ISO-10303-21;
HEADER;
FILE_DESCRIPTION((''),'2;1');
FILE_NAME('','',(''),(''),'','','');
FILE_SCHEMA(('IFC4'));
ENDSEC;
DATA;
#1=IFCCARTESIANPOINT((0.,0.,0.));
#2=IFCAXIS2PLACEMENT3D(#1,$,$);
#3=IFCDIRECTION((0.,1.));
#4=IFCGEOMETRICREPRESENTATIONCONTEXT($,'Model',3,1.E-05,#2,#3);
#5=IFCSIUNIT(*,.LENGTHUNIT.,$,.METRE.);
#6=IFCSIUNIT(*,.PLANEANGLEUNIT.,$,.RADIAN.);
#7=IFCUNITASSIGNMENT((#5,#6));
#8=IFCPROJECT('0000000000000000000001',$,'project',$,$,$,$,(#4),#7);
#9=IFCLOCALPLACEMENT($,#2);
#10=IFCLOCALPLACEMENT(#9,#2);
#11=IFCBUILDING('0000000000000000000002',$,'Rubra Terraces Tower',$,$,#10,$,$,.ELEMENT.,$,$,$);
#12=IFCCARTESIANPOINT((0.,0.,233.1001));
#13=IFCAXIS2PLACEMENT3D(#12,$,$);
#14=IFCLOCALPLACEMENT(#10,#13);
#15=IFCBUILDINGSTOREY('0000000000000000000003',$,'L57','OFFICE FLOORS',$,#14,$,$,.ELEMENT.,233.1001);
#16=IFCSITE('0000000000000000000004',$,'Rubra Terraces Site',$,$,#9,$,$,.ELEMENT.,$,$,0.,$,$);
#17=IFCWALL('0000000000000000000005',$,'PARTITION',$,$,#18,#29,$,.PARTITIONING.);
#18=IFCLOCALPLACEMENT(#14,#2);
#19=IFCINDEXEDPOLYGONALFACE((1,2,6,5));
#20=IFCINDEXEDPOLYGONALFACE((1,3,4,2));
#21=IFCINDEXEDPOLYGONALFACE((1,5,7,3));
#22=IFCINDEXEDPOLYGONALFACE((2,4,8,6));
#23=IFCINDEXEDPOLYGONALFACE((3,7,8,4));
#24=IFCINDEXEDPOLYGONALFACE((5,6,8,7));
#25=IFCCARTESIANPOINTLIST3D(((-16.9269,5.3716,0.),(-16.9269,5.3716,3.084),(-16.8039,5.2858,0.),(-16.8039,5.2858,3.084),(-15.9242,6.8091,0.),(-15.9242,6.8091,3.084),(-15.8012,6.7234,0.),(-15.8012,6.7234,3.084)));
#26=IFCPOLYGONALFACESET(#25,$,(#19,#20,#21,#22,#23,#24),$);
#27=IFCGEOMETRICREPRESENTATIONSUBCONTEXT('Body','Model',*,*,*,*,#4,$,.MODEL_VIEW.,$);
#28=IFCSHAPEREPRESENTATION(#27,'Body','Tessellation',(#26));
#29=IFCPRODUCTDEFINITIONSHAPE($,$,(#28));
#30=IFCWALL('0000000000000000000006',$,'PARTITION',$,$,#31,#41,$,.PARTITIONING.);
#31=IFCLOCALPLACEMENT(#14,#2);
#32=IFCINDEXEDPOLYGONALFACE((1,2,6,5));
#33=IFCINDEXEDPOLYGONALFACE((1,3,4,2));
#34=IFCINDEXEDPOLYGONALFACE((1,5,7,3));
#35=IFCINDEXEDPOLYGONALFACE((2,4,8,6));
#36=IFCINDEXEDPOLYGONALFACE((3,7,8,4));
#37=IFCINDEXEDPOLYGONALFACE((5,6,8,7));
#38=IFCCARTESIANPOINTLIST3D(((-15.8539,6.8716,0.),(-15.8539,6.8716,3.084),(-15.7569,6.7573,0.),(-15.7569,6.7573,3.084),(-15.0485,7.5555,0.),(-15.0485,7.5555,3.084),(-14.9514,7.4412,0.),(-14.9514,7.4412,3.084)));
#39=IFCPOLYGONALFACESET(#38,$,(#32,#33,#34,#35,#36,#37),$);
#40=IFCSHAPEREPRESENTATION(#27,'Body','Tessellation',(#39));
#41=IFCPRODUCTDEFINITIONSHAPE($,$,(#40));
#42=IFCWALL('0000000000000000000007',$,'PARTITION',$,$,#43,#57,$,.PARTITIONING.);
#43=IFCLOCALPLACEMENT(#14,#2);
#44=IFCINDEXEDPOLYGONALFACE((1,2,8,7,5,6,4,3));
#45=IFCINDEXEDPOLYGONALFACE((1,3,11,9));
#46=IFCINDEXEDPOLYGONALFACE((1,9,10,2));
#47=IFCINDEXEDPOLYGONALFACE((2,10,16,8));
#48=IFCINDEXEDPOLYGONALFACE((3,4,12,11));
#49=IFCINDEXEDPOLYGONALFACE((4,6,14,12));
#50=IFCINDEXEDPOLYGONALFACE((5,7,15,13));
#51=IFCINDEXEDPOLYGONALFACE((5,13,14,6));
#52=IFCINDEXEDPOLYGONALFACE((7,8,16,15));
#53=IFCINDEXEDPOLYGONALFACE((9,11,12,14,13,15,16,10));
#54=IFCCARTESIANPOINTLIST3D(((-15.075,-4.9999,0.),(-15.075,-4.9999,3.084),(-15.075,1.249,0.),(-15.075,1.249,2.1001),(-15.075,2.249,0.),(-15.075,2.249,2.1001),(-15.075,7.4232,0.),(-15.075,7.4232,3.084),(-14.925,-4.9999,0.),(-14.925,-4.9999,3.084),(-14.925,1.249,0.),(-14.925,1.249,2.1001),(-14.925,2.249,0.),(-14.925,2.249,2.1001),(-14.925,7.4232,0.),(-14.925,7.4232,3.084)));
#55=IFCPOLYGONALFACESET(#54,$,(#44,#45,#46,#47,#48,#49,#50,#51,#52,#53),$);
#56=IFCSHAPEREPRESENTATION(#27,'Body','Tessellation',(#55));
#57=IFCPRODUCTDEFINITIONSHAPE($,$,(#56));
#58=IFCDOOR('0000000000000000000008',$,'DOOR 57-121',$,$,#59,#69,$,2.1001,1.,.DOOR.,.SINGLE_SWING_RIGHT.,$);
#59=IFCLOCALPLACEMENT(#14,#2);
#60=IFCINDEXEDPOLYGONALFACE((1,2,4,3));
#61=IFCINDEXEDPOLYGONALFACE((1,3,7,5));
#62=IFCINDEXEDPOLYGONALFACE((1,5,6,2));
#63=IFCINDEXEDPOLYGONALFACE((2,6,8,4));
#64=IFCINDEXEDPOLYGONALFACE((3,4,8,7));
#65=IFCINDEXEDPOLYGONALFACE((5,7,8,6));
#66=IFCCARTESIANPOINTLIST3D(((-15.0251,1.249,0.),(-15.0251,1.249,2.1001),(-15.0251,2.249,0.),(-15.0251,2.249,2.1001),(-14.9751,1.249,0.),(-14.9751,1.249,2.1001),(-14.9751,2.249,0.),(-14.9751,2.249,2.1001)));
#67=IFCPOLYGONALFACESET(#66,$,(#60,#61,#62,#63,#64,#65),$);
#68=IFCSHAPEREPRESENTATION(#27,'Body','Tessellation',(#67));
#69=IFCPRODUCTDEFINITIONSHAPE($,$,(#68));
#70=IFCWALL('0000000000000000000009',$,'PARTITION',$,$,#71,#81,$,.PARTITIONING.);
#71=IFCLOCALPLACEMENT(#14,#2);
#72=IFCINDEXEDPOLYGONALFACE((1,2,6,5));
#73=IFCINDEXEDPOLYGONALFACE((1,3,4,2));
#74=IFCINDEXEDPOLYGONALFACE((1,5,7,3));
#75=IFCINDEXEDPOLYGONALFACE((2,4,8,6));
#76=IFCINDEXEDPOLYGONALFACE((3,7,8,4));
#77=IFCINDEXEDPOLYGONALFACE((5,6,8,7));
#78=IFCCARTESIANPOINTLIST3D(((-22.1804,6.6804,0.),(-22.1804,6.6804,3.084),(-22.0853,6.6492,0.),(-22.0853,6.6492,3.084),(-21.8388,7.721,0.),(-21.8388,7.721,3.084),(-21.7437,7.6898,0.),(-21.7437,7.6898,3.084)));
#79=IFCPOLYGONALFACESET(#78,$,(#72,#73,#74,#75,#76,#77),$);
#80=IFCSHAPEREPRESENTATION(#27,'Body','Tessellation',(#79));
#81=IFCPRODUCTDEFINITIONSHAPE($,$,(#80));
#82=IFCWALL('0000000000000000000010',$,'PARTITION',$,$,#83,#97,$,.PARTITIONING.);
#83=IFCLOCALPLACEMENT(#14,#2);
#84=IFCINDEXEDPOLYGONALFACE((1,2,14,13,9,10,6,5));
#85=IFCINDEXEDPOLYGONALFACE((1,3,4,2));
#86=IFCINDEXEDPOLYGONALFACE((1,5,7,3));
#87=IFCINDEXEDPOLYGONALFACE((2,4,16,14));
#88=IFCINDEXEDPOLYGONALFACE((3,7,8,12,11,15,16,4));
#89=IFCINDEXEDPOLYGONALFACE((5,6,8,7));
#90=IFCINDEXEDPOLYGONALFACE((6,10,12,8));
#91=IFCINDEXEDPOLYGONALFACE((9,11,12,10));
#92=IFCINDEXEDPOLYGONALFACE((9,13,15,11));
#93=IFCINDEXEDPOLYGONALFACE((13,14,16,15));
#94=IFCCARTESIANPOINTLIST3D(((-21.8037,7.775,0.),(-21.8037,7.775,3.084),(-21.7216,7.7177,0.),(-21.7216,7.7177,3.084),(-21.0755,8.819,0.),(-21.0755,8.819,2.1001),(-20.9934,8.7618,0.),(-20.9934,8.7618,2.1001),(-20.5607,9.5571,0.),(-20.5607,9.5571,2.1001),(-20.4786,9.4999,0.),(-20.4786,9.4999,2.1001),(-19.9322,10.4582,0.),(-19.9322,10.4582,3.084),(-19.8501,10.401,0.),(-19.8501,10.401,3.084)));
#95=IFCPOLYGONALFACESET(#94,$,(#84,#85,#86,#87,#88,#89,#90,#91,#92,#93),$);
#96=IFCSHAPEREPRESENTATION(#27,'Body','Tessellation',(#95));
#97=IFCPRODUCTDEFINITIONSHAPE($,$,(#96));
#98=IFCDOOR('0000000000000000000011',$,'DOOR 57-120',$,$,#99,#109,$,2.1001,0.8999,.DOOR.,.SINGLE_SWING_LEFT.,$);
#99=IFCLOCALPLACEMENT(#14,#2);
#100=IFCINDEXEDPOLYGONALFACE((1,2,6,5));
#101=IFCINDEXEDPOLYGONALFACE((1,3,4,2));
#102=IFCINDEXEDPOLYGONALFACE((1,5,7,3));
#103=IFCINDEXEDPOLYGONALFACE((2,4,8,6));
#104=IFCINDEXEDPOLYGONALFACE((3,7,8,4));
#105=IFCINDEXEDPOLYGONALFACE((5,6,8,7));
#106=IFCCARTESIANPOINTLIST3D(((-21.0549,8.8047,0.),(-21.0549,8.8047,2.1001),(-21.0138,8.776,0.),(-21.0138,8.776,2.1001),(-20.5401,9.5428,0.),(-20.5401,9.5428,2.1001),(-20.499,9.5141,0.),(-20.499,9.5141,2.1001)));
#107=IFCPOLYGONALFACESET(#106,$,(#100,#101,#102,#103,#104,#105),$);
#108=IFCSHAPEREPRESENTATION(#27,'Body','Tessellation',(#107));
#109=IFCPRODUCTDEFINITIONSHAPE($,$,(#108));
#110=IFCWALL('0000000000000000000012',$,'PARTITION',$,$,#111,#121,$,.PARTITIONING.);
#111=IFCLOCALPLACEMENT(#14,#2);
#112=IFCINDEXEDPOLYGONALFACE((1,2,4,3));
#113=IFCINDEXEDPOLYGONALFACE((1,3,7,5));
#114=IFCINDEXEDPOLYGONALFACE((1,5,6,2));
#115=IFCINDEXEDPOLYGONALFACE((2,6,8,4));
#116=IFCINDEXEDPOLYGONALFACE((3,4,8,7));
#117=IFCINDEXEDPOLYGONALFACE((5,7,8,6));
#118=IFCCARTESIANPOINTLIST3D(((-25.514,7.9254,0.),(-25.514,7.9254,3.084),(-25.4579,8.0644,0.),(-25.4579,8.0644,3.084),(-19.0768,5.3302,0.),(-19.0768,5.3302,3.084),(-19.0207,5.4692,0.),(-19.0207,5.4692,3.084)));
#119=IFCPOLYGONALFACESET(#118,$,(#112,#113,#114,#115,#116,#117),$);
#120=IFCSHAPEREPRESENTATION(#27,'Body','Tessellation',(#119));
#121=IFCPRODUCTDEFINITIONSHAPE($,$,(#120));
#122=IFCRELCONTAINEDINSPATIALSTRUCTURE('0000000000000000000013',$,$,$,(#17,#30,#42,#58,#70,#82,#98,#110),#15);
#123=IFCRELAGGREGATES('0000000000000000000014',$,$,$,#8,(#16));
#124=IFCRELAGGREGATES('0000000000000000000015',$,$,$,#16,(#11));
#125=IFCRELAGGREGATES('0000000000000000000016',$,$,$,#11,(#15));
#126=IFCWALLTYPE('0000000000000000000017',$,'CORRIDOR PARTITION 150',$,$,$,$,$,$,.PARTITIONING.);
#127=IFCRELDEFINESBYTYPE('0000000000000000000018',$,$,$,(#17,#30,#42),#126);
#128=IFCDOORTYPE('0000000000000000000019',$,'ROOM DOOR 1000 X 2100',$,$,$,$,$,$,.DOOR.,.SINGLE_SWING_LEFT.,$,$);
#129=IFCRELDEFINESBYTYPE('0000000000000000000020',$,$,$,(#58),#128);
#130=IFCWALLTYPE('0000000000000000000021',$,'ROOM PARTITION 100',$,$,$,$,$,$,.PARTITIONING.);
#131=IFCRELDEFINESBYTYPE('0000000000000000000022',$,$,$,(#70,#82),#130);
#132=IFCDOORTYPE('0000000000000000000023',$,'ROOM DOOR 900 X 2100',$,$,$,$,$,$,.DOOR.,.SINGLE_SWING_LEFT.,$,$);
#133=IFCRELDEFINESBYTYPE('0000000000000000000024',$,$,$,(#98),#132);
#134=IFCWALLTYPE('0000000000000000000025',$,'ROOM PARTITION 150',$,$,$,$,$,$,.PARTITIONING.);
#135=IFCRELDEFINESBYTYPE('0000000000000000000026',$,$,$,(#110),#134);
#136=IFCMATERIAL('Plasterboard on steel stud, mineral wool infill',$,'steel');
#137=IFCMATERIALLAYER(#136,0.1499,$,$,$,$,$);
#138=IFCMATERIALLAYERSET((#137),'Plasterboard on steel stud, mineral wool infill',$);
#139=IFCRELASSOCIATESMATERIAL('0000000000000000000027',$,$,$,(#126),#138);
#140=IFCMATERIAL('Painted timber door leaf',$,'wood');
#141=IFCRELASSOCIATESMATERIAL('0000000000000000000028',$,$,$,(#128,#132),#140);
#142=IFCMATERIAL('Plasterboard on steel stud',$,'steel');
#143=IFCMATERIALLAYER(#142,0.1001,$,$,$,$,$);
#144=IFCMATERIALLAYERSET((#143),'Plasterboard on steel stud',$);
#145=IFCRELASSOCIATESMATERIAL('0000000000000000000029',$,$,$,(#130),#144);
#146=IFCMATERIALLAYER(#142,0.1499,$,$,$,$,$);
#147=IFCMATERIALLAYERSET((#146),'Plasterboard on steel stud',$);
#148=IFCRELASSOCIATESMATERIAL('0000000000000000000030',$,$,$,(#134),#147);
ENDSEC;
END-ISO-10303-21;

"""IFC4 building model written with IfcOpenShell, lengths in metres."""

from ifc_helpers import new_model, si_unit, direction, frame, frame_2d, origin, place, context, subcontext, project, spatial, rectangle, extrude, material, layer, layer_set, type_object, element, fill, save


model = new_model("IFC4")

# Units and contexts
model_context = context("Model", 3, precision=1e-05, world=origin(), true_north=direction((0.0, 1.0)))
body_context = subcontext(model_context, "Body", "Model", "MODEL_VIEW")
ifc_project = project(units=[si_unit("LENGTHUNIT", "METRE"), si_unit("PLANEANGLEUNIT", "RADIAN")], contexts=[model_context])

# Site, building, storey
site_placement = place(None, origin())
site = spatial("IfcSite", under=ifc_project, at=site_placement, Name="Rubra Terraces Site", CompositionType="ELEMENT", RefElevation=0.0)
building_placement = place(site_placement, origin())
building = spatial("IfcBuilding", under=site, at=building_placement, Name="Rubra Terraces Tower", CompositionType="ELEMENT")
storey_placement = place(building_placement, frame((0.0, 0.0, 233.1001)))
storey = spatial("IfcBuildingStorey", under=building, at=storey_placement, Name="L57", Description="OFFICE FLOORS", CompositionType="ELEMENT", Elevation=233.1001)

# Shared definitions
ifc_material_1 = material(Name="Plasterboard on steel stud, mineral wool infill", Category="steel")
ifc_layer_1 = layer(ifc_material_1, 0.1499)
ifc_layer_set_1 = layer_set([ifc_layer_1], Name="Plasterboard on steel stud, mineral wool infill")
wall_type_1 = type_object("IfcWallType", Name="CORRIDOR PARTITION 150", PredefinedType="PARTITIONING", material=ifc_layer_set_1)

# Shared definitions
ifc_material_2 = material(Name="Painted timber door leaf", Category="wood")
door_type_1 = type_object("IfcDoorType", Name="ROOM DOOR 1000 X 2100", OperationType="SINGLE_SWING_LEFT", PredefinedType="DOOR", material=ifc_material_2)

# Walls
wall_1_placement = place(storey_placement, frame((-16.8655, 5.3286, 0.0), z_axis=(0.0, 0.0, 1.0), x_axis=(0.572097, 0.820186, 0.0)))
element("IfcWall", 1, at=wall_1_placement, inside=storey, type_object=wall_type_1, Name="PARTITION", PredefinedType="PARTITIONING", context=body_context, shape_type="SweptSolid", body=[
    extrude(rectangle(XDim=1.7527, YDim=0.1499, at=frame_2d((0.8765, 0.0))), origin(), (0.0, 0.0, 1.0), 3.084),
])
wall_2_placement = place(storey_placement, frame((-15.8054, 6.8145, 0.0), z_axis=(0.0, 0.0, 1.0), x_axis=(0.762298, 0.647226, 0.0)))
element("IfcWall", 2, at=wall_2_placement, inside=storey, type_object=wall_type_1, Name="PARTITION", PredefinedType="PARTITIONING", context=body_context, shape_type="SweptSolid", body=[
    extrude(rectangle(XDim=1.0566, YDim=0.1499, at=frame_2d((0.5283, 0.0))), origin(), (0.0, 0.0, 1.0), 3.084),
])

# Wall, opening, door
wall_3_placement = place(storey_placement, frame((-15.0, 7.4231, 0.0), z_axis=(0.0, 0.0, 1.0), x_axis=(0.0, -1.0, 0.0)))
wall_3 = element("IfcWall", 3, at=wall_3_placement, inside=storey, type_object=wall_type_1, Name="PARTITION", PredefinedType="PARTITIONING", context=body_context, shape_type="SweptSolid", body=[
    extrude(rectangle(XDim=12.4231, YDim=0.1499, at=frame_2d((6.2114, 0.0))), origin(), (0.0, 0.0, 1.0), 3.084),
])
opening_1_placement = place(wall_3_placement, frame((5.1741, 0.0, 0.0)))
opening_1 = element("IfcOpeningElement", 4, at=opening_1_placement, cuts=wall_3, PredefinedType="OPENING", context=body_context, shape_type="SweptSolid", body=[
    extrude(rectangle(XDim=1.0, YDim=2.1001, at=frame_2d((0.5, 1.05))), frame((0.0, 0.085, 0.0), z_axis=(0.0, -1.0, 0.0), x_axis=(1.0, 0.0, 0.0)), (0.0, 0.0, 1.0), 0.1699),
])
door_1_placement = place(opening_1_placement, origin())
door_1 = element("IfcDoor", 5, at=door_1_placement, inside=storey, type_object=door_type_1, Name="DOOR 57-121", OperationType="SINGLE_SWING_RIGHT", OverallHeight=2.1001, OverallWidth=1.0, PredefinedType="DOOR", context=body_context, shape_type="SweptSolid", body=[
    extrude(rectangle(XDim=1.0, YDim=2.1001, at=frame_2d((0.5, 1.05))), frame((0.0, 0.0249, 0.0), z_axis=(0.0, -1.0, 0.0), x_axis=(1.0, 0.0, 0.0)), (0.0, 0.0, 1.0), 0.05),
])
fill(opening_1, door_1)

# Wall
ifc_material_3 = material(Name="Plasterboard on steel stud", Category="steel")
ifc_layer_2 = layer(ifc_material_3, 0.1001)
ifc_layer_set_2 = layer_set([ifc_layer_2], Name="Plasterboard on steel stud")
wall_type_2 = type_object("IfcWallType", Name="ROOM PARTITION 100", PredefinedType="PARTITIONING", material=ifc_layer_set_2)
wall_4_placement = place(storey_placement, frame((-22.1328, 6.6648, 0.0), z_axis=(0.0, 0.0, 1.0), x_axis=(0.311877, 0.950122, 0.0)))
element("IfcWall", 6, at=wall_4_placement, inside=storey, type_object=wall_type_2, Name="PARTITION", PredefinedType="PARTITIONING", context=body_context, shape_type="SweptSolid", body=[
    extrude(rectangle(XDim=1.0952, YDim=0.1001, at=frame_2d((0.5476, 0.0))), origin(), (0.0, 0.0, 1.0), 3.084),
])

# Wall, opening, door
wall_5_placement = place(storey_placement, frame((-21.7627, 7.7463, 0.0), z_axis=(0.0, 0.0, 1.0), x_axis=(0.572074, 0.820202, 0.0)))
wall_5 = element("IfcWall", 7, at=wall_5_placement, inside=storey, type_object=wall_type_2, Name="PARTITION", PredefinedType="PARTITIONING", context=body_context, shape_type="SweptSolid", body=[
    extrude(rectangle(XDim=3.2715, YDim=0.1001, at=frame_2d((1.6357, 0.0))), origin(), (0.0, 0.0, 1.0), 3.084),
])
opening_2_placement = place(wall_5_placement, frame((1.2729, 0.0, 0.0)))
opening_2 = element("IfcOpeningElement", 8, at=opening_2_placement, cuts=wall_5, PredefinedType="OPENING", context=body_context, shape_type="SweptSolid", body=[
    extrude(rectangle(XDim=0.8999, YDim=2.1001, at=frame_2d((0.45, 1.05))), frame((0.0, 0.0601, 0.0), z_axis=(0.0, -1.0, 0.0), x_axis=(1.0, 0.0, 0.0)), (0.0, 0.0, 1.0), 0.1201),
])
door_type_2 = type_object("IfcDoorType", Name="ROOM DOOR 900 X 2100", OperationType="SINGLE_SWING_LEFT", PredefinedType="DOOR", material=ifc_material_2)
door_2_placement = place(opening_2_placement, origin())
door_2 = element("IfcDoor", 9, at=door_2_placement, inside=storey, type_object=door_type_2, Name="DOOR 57-120", OperationType="SINGLE_SWING_LEFT", OverallHeight=2.1001, OverallWidth=0.8999, PredefinedType="DOOR", context=body_context, shape_type="SweptSolid", body=[
    extrude(rectangle(XDim=0.8999, YDim=2.1001, at=frame_2d((0.45, 1.05))), frame((0.0, 0.0249, 0.0), z_axis=(0.0, -1.0, 0.0), x_axis=(1.0, 0.0, 0.0)), (0.0, 0.0, 1.0), 0.05),
])
fill(opening_2, door_2)

# Wall
ifc_layer_3 = layer(ifc_material_3, 0.1499)
ifc_layer_set_3 = layer_set([ifc_layer_3], Name="Plasterboard on steel stud")
wall_type_3 = type_object("IfcWallType", Name="ROOM PARTITION 150", PredefinedType="PARTITIONING", material=ifc_layer_set_3)
wall_6_placement = place(storey_placement, frame((-25.4858, 7.9949, 0.0), z_axis=(0.0, 0.0, 1.0), x_axis=(0.927464, -0.373912, 0.0)))
element("IfcWall", 10, at=wall_6_placement, inside=storey, type_object=wall_type_3, Name="PARTITION", PredefinedType="PARTITIONING", context=body_context, shape_type="SweptSolid", body=[
    extrude(rectangle(XDim=6.9407, YDim=0.1499, at=frame_2d((3.4702, 0.0))), origin(), (0.0, 0.0, 1.0), 3.084),
])

save(model, "model.ifc")
